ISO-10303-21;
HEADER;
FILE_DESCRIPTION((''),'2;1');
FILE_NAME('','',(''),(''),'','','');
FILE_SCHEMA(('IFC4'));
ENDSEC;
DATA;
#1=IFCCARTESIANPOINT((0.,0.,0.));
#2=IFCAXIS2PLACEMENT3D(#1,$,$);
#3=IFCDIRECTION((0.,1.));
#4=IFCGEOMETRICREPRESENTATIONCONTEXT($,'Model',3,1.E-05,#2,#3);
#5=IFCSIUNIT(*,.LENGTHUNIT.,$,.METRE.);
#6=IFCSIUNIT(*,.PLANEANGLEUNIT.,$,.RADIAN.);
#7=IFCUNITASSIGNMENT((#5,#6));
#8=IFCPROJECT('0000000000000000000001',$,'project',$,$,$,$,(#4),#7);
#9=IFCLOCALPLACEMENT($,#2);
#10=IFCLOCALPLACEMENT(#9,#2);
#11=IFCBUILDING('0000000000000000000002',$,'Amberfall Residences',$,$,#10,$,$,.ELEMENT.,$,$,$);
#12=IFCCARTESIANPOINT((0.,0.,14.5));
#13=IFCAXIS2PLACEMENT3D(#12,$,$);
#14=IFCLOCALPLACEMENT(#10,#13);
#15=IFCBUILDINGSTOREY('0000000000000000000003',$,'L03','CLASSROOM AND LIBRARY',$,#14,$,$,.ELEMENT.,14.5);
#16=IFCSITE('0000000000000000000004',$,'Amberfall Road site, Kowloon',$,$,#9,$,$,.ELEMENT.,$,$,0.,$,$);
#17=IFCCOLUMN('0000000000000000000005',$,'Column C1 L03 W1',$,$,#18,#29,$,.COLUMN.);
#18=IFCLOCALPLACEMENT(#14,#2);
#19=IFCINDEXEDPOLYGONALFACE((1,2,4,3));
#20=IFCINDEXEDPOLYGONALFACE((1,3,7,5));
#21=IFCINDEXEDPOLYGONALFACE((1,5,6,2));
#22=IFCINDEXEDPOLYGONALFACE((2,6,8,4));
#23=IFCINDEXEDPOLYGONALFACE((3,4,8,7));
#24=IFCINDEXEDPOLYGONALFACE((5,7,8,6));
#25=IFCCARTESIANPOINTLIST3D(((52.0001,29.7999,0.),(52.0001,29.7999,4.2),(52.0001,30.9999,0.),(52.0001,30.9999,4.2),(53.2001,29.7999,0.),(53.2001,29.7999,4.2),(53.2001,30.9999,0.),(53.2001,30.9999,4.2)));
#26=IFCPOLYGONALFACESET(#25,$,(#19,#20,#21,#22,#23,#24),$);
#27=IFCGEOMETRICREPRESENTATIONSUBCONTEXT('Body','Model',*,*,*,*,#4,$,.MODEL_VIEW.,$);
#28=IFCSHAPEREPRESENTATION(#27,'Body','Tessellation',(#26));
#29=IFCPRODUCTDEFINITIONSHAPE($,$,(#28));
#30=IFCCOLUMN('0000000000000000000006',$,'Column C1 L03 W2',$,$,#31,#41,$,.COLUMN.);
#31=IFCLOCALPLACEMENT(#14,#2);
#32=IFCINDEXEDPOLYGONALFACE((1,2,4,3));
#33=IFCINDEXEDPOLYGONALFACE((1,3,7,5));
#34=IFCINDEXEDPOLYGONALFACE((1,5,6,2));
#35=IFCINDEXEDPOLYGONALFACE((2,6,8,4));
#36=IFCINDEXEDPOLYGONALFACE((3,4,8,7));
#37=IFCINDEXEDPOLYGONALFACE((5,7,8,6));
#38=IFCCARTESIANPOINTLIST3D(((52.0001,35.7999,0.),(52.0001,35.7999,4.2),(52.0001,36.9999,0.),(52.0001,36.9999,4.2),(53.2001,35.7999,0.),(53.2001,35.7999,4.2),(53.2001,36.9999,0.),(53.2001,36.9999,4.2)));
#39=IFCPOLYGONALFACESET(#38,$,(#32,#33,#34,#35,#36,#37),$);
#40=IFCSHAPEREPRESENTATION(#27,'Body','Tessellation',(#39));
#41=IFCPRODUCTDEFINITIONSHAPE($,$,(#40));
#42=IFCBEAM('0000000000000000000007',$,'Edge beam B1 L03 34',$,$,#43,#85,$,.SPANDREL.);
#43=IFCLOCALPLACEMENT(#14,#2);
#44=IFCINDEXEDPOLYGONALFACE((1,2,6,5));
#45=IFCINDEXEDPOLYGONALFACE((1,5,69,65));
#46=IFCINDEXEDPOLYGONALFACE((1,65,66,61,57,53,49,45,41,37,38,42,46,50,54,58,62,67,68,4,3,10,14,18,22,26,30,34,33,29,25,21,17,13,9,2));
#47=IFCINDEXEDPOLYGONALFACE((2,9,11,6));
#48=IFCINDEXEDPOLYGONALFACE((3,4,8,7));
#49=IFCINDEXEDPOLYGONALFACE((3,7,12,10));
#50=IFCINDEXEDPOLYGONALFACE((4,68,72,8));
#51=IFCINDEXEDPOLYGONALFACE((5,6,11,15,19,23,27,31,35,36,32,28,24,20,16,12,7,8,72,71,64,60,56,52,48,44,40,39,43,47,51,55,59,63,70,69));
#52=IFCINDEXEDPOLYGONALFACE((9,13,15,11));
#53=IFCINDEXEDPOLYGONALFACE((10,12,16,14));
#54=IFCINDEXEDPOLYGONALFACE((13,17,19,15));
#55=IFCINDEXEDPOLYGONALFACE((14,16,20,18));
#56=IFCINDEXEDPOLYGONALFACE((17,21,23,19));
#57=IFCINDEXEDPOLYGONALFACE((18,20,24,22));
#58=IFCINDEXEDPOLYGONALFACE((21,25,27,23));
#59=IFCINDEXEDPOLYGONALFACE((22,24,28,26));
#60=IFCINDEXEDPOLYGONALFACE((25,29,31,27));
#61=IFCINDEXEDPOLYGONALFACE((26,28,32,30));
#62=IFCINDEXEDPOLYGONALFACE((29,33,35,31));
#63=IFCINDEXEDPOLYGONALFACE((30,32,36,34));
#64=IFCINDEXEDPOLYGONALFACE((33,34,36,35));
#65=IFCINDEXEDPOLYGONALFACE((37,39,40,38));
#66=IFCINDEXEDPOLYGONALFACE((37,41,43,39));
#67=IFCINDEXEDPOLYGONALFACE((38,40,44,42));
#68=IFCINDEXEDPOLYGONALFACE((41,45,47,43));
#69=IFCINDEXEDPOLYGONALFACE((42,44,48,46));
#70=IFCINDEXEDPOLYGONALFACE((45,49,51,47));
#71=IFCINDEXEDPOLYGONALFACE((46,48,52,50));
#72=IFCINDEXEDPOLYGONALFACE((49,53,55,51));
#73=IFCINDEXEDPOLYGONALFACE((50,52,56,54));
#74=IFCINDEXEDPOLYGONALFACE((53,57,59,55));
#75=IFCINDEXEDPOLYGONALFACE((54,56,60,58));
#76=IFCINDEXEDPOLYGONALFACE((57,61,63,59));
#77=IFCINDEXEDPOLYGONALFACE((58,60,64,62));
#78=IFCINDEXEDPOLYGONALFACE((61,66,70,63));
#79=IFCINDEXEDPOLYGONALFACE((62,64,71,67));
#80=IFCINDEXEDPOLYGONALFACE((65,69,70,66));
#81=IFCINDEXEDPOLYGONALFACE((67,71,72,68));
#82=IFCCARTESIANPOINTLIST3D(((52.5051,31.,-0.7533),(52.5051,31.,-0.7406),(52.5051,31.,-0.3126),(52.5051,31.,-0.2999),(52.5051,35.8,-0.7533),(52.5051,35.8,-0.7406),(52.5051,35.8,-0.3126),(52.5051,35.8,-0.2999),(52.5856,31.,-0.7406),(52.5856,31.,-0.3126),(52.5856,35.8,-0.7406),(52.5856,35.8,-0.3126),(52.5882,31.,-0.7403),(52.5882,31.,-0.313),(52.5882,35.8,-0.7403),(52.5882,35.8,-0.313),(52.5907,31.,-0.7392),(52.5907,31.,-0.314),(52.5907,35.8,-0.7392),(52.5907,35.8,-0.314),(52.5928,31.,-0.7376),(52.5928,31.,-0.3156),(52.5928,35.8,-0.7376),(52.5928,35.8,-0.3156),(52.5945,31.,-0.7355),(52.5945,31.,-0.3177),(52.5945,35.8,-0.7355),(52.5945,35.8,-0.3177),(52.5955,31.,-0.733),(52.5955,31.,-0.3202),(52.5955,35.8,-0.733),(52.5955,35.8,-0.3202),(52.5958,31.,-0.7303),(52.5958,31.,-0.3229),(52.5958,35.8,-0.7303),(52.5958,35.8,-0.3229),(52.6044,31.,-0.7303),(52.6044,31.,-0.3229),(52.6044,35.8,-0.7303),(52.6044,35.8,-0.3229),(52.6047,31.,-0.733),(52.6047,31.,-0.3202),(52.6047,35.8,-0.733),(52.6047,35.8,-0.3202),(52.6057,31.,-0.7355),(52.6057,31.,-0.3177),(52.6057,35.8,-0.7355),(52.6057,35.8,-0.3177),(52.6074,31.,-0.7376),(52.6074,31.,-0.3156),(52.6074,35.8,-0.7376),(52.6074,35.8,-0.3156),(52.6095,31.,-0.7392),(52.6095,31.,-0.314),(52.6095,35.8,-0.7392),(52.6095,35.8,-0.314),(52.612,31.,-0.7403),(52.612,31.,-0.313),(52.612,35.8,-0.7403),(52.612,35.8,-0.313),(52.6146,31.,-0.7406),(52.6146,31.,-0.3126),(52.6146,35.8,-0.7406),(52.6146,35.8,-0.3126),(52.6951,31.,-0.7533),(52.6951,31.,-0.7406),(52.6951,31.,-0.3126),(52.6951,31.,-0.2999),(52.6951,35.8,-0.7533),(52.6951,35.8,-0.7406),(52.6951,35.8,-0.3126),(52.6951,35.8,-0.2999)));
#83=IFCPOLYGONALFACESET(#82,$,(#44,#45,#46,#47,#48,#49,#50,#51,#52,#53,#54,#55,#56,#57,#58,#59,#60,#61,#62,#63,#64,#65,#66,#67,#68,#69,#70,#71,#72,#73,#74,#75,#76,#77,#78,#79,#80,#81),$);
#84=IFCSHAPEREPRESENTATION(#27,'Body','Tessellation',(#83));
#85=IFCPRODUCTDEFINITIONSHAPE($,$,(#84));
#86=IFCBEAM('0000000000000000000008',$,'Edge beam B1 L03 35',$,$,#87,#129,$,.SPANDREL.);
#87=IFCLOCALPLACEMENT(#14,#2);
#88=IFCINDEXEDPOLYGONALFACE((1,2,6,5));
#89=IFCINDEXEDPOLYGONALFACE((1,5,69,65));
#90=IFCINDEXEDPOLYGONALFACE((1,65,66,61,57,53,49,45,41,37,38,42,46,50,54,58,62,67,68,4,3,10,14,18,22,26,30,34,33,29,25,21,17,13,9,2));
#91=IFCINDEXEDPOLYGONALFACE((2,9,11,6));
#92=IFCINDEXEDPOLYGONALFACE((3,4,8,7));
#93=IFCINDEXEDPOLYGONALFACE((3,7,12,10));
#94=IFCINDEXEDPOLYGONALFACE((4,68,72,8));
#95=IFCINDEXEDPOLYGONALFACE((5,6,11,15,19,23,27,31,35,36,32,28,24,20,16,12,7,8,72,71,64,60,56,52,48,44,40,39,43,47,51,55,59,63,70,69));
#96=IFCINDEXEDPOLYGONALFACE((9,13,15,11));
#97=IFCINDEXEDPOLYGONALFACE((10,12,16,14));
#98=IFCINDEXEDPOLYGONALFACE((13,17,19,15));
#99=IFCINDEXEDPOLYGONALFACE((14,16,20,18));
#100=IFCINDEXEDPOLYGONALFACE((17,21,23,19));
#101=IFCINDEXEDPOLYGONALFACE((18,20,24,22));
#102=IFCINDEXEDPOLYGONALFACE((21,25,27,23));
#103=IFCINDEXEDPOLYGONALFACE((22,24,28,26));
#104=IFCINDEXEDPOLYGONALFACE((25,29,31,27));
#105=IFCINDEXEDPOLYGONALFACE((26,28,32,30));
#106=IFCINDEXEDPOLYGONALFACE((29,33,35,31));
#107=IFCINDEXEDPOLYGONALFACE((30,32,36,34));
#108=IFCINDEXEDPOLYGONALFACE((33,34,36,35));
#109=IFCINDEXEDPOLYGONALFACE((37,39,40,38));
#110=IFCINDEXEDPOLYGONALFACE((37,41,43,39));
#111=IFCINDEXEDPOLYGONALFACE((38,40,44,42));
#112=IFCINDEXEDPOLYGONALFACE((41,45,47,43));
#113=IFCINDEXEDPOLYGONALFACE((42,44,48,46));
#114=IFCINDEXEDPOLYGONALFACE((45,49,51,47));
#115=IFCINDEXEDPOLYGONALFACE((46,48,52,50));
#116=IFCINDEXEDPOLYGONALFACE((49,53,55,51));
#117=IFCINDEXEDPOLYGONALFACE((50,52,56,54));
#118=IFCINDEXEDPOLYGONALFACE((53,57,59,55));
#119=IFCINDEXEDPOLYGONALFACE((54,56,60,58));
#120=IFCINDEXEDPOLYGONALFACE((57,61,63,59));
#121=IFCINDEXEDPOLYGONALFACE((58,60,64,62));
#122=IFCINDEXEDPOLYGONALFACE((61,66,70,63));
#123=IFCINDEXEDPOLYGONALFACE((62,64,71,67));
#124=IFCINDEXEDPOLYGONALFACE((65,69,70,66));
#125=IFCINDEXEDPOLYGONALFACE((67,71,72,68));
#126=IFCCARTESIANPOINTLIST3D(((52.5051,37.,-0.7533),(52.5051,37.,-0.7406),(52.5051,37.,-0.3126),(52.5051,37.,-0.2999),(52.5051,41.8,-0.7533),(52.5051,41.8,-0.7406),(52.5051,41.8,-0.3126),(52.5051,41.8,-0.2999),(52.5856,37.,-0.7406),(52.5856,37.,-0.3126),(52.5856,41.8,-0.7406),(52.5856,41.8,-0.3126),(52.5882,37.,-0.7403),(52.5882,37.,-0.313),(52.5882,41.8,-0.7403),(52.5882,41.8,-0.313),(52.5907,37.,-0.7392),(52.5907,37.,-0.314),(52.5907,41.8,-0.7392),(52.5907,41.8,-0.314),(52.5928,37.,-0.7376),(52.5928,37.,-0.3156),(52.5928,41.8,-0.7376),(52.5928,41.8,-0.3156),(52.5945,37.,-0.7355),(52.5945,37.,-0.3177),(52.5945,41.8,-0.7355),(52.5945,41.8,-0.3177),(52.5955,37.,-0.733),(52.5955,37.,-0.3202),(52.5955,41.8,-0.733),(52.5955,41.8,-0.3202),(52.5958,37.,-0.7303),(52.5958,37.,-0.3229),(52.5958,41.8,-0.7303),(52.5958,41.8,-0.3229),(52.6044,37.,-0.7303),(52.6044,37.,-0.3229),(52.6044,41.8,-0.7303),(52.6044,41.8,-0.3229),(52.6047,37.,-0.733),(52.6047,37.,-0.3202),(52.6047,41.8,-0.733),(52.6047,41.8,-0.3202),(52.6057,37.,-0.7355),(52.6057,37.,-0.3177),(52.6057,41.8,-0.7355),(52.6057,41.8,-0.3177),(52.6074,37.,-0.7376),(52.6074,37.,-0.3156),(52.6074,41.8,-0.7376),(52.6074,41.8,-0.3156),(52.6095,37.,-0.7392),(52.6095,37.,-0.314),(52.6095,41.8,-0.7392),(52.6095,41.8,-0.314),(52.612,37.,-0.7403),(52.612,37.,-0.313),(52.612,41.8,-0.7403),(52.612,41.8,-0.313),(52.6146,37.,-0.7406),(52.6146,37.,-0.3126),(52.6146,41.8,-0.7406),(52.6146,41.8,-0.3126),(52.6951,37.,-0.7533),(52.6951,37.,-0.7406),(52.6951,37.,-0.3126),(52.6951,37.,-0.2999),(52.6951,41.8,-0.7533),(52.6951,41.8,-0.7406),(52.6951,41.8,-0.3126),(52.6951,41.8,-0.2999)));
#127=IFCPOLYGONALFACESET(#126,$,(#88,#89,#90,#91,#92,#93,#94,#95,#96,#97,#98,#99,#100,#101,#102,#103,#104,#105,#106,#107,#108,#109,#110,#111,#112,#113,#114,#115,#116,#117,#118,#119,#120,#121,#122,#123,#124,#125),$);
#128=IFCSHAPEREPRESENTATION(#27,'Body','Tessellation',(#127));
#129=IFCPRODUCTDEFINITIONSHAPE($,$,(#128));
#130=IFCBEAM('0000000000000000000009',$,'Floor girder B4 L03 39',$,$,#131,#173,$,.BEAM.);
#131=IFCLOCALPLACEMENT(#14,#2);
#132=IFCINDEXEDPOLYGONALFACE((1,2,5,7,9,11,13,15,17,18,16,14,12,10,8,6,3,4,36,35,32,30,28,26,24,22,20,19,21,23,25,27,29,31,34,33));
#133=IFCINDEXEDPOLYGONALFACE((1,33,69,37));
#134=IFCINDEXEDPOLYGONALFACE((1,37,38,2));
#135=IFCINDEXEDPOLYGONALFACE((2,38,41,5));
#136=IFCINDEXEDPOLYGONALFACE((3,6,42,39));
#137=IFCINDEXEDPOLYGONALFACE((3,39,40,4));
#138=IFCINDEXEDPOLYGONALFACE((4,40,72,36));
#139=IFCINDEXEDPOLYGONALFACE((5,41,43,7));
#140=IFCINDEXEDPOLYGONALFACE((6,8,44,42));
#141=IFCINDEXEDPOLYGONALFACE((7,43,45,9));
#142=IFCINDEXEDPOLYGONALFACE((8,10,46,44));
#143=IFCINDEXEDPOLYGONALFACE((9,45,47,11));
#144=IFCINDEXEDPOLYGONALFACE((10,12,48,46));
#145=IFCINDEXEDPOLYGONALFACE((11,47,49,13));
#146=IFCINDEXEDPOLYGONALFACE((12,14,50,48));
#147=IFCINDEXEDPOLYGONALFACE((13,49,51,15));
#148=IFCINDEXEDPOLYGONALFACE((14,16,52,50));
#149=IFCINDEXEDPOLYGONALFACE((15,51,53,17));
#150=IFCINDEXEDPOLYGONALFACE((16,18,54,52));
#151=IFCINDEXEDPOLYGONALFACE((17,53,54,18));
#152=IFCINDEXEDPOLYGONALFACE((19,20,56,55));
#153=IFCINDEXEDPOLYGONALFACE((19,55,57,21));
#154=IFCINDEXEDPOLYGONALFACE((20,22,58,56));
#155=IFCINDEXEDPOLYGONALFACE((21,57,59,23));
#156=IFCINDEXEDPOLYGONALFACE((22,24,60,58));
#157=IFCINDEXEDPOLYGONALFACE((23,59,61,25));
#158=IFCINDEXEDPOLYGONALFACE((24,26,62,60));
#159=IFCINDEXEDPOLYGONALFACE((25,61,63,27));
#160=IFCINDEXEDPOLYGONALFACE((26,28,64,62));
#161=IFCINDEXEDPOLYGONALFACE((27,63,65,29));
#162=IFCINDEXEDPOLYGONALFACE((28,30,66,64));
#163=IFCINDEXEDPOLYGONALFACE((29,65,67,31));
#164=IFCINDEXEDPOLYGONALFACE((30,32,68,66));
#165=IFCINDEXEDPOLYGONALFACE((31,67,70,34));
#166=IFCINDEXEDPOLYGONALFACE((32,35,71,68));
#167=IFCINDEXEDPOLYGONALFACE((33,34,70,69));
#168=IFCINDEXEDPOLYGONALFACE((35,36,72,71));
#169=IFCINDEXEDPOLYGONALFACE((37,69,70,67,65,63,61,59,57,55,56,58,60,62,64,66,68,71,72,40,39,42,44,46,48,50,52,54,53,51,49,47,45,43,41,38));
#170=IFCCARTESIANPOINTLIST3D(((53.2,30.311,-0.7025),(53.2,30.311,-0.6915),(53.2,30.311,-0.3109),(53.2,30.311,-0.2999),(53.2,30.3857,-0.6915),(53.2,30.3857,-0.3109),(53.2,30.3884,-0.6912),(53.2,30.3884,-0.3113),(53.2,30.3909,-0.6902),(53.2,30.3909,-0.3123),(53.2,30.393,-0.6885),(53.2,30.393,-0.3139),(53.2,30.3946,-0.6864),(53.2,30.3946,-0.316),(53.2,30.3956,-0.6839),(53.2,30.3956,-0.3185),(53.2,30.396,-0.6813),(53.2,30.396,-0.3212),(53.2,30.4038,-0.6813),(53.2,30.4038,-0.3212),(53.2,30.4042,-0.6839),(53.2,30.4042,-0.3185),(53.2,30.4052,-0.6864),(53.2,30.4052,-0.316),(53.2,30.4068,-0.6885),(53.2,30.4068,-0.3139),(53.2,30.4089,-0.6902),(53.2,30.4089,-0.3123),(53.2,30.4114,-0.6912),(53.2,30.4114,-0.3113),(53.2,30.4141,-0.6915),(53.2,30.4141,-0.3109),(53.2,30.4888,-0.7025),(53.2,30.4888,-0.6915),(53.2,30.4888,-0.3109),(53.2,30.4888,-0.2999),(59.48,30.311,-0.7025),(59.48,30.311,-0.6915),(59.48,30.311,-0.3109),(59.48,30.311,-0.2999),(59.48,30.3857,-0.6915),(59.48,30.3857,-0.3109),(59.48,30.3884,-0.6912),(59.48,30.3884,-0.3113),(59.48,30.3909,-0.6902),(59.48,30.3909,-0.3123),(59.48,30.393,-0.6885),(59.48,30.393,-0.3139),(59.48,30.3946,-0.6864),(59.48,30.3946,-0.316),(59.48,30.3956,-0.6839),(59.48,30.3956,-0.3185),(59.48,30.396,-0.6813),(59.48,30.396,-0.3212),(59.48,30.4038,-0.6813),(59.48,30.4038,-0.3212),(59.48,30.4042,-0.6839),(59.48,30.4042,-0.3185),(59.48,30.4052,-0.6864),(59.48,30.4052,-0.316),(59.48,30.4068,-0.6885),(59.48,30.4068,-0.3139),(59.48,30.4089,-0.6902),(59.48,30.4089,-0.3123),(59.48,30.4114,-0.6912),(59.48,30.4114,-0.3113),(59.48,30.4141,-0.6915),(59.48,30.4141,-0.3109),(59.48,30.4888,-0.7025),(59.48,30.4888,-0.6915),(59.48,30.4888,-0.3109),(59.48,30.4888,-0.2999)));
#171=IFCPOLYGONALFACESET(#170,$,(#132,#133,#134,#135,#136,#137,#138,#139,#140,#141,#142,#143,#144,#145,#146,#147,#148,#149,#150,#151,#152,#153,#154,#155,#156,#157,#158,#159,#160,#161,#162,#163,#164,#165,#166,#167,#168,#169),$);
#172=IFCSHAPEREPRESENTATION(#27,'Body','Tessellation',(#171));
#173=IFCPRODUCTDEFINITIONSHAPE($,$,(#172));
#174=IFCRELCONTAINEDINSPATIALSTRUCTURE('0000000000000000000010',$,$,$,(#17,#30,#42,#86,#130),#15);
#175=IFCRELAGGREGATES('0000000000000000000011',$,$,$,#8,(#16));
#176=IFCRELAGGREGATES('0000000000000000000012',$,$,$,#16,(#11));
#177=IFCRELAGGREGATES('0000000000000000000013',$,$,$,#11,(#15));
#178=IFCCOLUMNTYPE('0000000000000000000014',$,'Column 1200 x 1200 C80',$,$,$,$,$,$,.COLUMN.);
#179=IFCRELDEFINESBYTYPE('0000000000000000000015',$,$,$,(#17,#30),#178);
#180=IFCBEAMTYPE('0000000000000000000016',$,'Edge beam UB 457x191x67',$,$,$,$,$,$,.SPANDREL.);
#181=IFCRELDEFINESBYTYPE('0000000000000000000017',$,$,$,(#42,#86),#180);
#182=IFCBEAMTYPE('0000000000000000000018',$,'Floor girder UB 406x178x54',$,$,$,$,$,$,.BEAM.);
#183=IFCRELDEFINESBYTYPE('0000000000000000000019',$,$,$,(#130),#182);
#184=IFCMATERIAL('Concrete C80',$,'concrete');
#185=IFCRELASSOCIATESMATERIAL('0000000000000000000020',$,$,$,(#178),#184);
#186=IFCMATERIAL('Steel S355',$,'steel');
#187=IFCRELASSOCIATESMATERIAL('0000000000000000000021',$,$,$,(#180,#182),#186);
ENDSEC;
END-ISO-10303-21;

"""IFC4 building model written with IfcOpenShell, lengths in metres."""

from ifc_helpers import new_model, si_unit, direction, frame, origin, origin_2d, place, context, subcontext, project, spatial, rectangle, i_section, extrude, material, material_profile, profile_set, type_object, element, save


model = new_model("IFC4")

# Units and contexts
model_context = context("Model", 3, precision=1e-05, world=origin(), true_north=direction((0.0, 1.0)))
body_context = subcontext(model_context, "Body", "Model", "MODEL_VIEW")
ifc_project = project(units=[si_unit("LENGTHUNIT", "METRE"), si_unit("PLANEANGLEUNIT", "RADIAN")], contexts=[model_context])

# Site, building, storey
site_placement = place(None, origin())
site = spatial("IfcSite", under=ifc_project, at=site_placement, Name="Amberfall Road site, Kowloon", CompositionType="ELEMENT", RefElevation=0.0)
building_placement = place(site_placement, origin())
building = spatial("IfcBuilding", under=site, at=building_placement, Name="Amberfall Residences", CompositionType="ELEMENT")
storey_placement = place(building_placement, frame((0.0, 0.0, 14.5)))
storey = spatial("IfcBuildingStorey", under=building, at=storey_placement, Name="L03", Description="CLASSROOM AND LIBRARY", CompositionType="ELEMENT", Elevation=14.5)

# Columns
ifc_material_1 = material(Name="Concrete C80", Category="concrete")
ifc_material_profile_1 = material_profile(ifc_material_1, rectangle(XDim=1.2, YDim=1.2, at=origin_2d()), Name="Column 1200 x 1200 C80")
ifc_profile_set_1 = profile_set([ifc_material_profile_1], Name="Concrete C80")
column_type = type_object("IfcColumnType", Name="Column 1200 x 1200 C80", PredefinedType="COLUMN", material=ifc_profile_set_1)
for number, where, z_axis, x_axis, name in (
    (1, (52.6001, 30.3999, 0.0), (0.0, 0.0, 1.0), (1.0, 0.0, 0.0), "Column C1 L03 W1"),
    (2, (52.6001, 36.3999, 0.0), (0.0, 0.0, 1.0), (1.0, 0.0, 0.0), "Column C1 L03 W2"),
):
    element("IfcColumn", number, at=place(storey_placement, frame(where, z_axis=z_axis, x_axis=x_axis)), inside=storey, type_object=column_type, Name=name, PredefinedType="COLUMN", context=body_context, shape_type="SweptSolid", body=[
        extrude(rectangle(XDim=1.2, YDim=1.2, at=origin_2d()), origin(), (0.0, 0.0, 1.0), 4.2),
    ])

# Beams
ifc_material_2 = material(Name="Steel S355", Category="steel")
ifc_material_profile_2 = material_profile(ifc_material_2, i_section(OverallWidth=0.1899, OverallDepth=0.4534, WebThickness=0.0085, FlangeThickness=0.0127, FilletRadius=0.0103, at=origin_2d()), Name="UB 457x191x67")
ifc_profile_set_2 = profile_set([ifc_material_profile_2], Name="Steel S355")
beam_type_1 = type_object("IfcBeamType", Name="Edge beam UB 457x191x67", PredefinedType="SPANDREL", material=ifc_profile_set_2)
for number, where, z_axis, x_axis, name in (
    (3, (52.6001, 31.0, -0.5266), (0.0, 1.0, 0.0), (-1.0, 0.0, 0.0), "Edge beam B1 L03 34"),
    (4, (52.6001, 37.0, -0.5266), (0.0, 1.0, 0.0), (-1.0, 0.0, 0.0), "Edge beam B1 L03 35"),
):
    element("IfcBeam", number, at=place(storey_placement, frame(where, z_axis=z_axis, x_axis=x_axis)), inside=storey, type_object=beam_type_1, Name=name, PredefinedType="SPANDREL", context=body_context, shape_type="SweptSolid", body=[
        extrude(i_section(OverallWidth=0.1899, OverallDepth=0.4534, WebThickness=0.0085, FlangeThickness=0.0127, FilletRadius=0.0103, at=origin_2d()), origin(), (0.0, 0.0, 1.0), 4.8),
    ])
ifc_material_profile_3 = material_profile(ifc_material_2, i_section(OverallWidth=0.1777, OverallDepth=0.4026, WebThickness=0.0078, FlangeThickness=0.011, FilletRadius=0.0103, at=origin_2d()), Name="UB 406x178x54")
ifc_profile_set_3 = profile_set([ifc_material_profile_3], Name="Steel S355")
beam_type_2 = type_object("IfcBeamType", Name="Floor girder UB 406x178x54", PredefinedType="BEAM", material=ifc_profile_set_3)
beam_1_placement = place(storey_placement, frame((53.2, 30.3999, -0.5012), z_axis=(1.0, 0.0, 0.0), x_axis=(0.0, 1.0, 0.0)))
element("IfcBeam", 5, at=beam_1_placement, inside=storey, type_object=beam_type_2, Name="Floor girder B4 L03 39", PredefinedType="BEAM", context=body_context, shape_type="SweptSolid", body=[
    extrude(i_section(OverallWidth=0.1777, OverallDepth=0.4026, WebThickness=0.0078, FlangeThickness=0.011, FilletRadius=0.0103, at=origin_2d()), origin(), (0.0, 0.0, 1.0), 6.28),
])

save(model, "model.ifc")
